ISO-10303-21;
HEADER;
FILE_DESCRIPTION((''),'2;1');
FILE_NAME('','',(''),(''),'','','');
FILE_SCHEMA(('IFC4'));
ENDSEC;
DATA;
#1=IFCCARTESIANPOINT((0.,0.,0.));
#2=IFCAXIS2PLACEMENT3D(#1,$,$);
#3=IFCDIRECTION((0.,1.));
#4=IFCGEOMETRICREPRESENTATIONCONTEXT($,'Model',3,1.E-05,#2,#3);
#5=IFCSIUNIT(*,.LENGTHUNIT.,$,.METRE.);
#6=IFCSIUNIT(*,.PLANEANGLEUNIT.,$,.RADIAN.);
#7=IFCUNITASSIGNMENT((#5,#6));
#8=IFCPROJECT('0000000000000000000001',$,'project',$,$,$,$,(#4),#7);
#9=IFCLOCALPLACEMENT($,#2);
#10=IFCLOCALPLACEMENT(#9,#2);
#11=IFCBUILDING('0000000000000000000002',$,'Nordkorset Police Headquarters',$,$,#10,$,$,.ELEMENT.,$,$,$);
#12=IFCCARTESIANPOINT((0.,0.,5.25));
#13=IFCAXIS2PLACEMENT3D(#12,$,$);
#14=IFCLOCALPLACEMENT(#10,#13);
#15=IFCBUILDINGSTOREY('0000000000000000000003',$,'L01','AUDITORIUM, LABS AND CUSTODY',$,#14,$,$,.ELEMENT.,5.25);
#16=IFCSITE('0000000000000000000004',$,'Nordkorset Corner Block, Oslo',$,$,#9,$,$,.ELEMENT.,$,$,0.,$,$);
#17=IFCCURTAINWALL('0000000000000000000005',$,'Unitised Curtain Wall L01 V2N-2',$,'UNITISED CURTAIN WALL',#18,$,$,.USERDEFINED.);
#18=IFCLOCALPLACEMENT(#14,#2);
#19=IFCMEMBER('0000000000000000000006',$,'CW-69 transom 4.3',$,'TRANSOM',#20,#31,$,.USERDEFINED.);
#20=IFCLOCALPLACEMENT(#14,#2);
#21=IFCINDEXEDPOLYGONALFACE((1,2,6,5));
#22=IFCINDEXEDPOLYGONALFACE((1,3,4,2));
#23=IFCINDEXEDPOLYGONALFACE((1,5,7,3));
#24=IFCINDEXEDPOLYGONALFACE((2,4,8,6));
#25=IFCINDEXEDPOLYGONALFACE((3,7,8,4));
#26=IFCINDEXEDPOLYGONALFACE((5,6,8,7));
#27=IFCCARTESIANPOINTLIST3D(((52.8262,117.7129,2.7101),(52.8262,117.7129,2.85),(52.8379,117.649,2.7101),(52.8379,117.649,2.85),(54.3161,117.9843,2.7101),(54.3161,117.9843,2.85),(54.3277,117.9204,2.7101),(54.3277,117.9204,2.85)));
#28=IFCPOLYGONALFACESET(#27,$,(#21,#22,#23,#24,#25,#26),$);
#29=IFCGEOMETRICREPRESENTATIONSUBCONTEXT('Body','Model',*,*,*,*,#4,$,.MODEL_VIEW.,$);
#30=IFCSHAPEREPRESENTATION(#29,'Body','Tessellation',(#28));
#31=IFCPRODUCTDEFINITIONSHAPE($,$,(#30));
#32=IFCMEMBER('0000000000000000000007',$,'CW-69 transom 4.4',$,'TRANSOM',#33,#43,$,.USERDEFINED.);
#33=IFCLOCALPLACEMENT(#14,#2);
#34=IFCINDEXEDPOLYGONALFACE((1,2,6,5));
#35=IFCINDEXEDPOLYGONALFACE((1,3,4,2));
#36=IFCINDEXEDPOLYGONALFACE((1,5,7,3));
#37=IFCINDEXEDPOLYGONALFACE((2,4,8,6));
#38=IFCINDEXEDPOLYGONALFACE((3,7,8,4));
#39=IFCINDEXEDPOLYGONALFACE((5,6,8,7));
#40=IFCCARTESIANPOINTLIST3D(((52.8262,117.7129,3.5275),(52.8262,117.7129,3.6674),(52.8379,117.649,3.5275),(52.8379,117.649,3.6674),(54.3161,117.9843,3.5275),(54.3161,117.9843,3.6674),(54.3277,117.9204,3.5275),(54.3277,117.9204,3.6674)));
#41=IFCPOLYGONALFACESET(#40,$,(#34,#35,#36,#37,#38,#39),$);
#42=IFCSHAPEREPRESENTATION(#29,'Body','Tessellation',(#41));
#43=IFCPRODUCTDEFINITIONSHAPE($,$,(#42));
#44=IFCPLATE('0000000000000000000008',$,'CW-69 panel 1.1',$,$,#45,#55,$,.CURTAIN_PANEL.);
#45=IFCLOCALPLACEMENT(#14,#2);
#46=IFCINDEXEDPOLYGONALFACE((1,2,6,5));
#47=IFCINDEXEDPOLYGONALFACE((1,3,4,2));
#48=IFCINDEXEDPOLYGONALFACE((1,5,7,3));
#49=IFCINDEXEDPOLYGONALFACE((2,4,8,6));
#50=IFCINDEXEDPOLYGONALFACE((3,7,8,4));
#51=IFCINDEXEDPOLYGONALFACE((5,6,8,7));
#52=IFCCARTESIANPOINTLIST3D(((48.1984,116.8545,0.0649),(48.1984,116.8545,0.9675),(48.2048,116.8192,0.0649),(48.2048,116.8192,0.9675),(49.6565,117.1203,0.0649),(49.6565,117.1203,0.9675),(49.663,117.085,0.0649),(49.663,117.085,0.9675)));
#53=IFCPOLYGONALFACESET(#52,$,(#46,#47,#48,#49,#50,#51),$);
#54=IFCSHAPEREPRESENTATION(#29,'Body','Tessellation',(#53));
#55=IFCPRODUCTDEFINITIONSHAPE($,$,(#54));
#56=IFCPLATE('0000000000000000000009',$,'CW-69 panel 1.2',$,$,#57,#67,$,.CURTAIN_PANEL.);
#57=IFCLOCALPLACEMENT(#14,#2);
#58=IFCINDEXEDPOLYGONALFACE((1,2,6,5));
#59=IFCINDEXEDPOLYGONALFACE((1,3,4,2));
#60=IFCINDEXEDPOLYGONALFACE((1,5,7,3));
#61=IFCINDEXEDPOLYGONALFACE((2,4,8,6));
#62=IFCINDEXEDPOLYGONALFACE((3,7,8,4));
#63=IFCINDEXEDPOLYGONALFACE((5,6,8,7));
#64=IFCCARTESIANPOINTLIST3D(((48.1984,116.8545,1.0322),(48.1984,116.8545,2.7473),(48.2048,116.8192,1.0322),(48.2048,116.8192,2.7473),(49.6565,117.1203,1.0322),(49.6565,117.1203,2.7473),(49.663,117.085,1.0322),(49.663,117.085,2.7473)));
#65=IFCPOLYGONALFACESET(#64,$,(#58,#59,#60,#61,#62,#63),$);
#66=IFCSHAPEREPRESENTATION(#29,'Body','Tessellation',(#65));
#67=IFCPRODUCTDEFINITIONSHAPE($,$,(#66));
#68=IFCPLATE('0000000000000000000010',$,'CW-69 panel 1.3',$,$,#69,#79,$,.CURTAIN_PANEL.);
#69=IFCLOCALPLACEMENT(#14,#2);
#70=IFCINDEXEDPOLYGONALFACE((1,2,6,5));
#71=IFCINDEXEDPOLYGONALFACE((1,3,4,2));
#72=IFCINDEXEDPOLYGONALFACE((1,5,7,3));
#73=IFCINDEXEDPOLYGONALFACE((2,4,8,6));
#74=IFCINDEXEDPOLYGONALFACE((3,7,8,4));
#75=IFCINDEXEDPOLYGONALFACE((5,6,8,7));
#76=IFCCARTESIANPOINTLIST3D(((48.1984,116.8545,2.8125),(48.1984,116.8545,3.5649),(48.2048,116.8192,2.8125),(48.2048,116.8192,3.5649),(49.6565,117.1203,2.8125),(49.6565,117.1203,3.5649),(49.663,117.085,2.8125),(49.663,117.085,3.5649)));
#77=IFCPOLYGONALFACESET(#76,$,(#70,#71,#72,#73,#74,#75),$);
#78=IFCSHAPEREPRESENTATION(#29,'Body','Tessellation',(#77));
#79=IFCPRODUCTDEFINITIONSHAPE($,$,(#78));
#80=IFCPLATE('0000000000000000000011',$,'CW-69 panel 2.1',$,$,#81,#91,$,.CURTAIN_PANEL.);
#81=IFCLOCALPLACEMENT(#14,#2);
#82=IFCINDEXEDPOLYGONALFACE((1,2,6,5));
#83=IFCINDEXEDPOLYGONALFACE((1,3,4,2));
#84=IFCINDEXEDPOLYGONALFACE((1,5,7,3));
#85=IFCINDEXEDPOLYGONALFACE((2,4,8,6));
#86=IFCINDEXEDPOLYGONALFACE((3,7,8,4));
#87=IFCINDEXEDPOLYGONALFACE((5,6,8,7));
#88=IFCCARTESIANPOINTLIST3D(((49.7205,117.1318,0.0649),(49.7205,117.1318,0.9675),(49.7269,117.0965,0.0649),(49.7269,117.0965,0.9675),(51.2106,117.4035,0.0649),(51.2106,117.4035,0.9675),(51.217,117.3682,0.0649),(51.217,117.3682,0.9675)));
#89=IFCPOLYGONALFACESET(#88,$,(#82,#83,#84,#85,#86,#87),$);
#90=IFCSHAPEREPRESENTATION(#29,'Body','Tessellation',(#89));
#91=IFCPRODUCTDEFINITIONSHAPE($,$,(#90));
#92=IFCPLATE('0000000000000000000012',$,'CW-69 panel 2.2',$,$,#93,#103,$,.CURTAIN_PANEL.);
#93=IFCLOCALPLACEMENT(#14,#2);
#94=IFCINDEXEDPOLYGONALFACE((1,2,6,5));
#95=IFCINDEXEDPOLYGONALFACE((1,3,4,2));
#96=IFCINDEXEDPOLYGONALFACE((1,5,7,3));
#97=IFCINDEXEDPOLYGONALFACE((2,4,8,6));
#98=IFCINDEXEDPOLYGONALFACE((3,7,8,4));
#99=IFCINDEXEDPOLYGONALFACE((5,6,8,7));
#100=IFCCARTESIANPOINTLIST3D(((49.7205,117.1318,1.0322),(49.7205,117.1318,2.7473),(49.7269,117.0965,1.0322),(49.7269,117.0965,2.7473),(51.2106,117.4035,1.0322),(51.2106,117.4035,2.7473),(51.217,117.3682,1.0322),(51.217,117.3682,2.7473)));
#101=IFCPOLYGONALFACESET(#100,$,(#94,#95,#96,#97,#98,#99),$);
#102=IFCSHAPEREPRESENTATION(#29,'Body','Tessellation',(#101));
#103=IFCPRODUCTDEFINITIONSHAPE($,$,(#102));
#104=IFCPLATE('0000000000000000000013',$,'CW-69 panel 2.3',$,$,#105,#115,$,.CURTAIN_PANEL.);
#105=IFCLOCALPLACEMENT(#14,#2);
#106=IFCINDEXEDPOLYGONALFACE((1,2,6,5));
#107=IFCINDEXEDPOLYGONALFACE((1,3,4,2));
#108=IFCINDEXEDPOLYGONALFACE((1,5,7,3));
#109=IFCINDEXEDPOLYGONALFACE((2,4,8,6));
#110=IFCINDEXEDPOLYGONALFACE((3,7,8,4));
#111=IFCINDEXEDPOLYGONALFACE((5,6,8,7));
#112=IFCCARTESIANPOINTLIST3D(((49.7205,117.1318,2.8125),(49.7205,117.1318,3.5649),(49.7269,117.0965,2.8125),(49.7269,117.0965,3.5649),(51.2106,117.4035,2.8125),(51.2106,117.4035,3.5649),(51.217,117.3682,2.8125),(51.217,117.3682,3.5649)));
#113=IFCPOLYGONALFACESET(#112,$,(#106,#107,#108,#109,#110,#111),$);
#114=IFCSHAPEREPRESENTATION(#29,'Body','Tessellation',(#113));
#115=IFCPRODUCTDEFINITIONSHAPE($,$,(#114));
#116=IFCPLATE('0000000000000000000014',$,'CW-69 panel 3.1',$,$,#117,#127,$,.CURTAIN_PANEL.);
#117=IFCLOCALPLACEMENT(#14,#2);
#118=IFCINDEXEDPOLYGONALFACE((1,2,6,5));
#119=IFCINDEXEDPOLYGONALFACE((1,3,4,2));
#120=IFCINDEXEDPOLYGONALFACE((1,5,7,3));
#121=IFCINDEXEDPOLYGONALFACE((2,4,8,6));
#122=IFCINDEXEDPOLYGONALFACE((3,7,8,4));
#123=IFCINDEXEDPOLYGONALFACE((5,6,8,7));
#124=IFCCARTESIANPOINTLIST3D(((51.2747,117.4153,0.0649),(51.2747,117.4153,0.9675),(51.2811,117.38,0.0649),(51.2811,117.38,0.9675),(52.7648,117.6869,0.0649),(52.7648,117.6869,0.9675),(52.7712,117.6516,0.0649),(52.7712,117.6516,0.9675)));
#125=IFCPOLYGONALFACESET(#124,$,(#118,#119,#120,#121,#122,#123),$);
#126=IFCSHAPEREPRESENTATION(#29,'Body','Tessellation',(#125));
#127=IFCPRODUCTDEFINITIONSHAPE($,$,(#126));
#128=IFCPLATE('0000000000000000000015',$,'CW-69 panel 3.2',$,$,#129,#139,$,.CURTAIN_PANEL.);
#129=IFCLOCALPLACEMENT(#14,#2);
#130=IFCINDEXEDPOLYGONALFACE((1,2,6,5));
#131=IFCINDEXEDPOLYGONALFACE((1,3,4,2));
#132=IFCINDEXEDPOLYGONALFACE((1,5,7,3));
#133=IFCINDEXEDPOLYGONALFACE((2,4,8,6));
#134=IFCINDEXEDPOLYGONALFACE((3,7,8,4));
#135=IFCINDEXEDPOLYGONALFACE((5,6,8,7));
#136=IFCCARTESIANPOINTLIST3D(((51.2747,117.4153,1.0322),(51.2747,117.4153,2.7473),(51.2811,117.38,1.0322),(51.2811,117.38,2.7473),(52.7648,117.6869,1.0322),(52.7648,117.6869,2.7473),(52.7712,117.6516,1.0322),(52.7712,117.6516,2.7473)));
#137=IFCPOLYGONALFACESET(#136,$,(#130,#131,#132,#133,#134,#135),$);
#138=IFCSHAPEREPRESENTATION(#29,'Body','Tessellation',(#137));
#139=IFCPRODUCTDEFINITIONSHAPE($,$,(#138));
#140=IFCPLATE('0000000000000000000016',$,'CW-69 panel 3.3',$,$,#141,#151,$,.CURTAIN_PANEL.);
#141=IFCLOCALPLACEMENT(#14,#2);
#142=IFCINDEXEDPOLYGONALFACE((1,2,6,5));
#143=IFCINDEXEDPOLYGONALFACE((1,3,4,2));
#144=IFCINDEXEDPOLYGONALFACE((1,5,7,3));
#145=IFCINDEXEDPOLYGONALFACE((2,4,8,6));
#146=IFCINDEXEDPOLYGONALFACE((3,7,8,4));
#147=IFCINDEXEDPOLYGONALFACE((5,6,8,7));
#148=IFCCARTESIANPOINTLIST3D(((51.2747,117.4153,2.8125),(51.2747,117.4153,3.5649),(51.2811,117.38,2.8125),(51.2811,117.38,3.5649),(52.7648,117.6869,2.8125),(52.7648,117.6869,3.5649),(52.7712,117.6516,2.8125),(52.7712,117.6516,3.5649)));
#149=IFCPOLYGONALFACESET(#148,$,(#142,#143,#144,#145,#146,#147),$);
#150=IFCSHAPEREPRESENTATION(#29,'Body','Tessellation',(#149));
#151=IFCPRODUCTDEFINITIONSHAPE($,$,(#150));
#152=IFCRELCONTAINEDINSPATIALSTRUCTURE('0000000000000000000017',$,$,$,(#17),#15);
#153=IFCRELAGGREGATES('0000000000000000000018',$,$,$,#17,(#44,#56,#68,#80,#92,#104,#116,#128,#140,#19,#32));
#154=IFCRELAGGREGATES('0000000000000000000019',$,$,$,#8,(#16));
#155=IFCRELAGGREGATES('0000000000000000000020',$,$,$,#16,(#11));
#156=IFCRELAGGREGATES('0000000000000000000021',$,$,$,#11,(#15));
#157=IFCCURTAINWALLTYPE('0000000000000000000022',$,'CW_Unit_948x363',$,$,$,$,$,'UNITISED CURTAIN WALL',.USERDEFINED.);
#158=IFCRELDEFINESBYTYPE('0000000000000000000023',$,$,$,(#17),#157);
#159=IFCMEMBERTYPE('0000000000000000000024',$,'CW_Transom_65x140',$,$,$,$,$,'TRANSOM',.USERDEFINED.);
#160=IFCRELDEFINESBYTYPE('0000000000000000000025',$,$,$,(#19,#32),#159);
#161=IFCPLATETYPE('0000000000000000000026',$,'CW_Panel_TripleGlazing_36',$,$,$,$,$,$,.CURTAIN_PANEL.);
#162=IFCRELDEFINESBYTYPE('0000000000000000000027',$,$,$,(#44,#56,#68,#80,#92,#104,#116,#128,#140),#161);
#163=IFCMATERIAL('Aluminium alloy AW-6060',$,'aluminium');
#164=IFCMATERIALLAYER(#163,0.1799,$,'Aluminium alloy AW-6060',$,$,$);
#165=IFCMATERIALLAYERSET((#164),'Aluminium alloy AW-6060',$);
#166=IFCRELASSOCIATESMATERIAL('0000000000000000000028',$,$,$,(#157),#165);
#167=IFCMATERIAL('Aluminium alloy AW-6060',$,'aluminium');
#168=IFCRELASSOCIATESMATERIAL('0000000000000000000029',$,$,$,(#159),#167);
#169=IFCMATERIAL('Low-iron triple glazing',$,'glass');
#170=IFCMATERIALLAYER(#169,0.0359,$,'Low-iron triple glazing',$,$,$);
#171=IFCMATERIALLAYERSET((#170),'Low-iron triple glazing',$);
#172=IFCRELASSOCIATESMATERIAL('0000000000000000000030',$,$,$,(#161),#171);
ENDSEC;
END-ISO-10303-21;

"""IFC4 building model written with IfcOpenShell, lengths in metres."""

from ifc_helpers import new_model, si_unit, direction, frame, origin, origin_2d, place, context, subcontext, project, spatial, rectangle, extrude, material, layer, layer_set, material_profile, profile_set, type_object, element, aggregate, save


model = new_model("IFC4")

# Units and contexts
model_context = context("Model", 3, precision=1e-05, world=origin(), true_north=direction((0.0, 1.0)))
body_context = subcontext(model_context, "Body", "Model", "MODEL_VIEW")
ifc_project = project(units=[si_unit("LENGTHUNIT", "METRE"), si_unit("PLANEANGLEUNIT", "RADIAN")], contexts=[model_context])

# Site, building, storey
site_placement = place(None, origin())
site = spatial("IfcSite", under=ifc_project, at=site_placement, Name="Nordkorset Corner Block, Oslo", CompositionType="ELEMENT", RefElevation=0.0)
building_placement = place(site_placement, origin())
building = spatial("IfcBuilding", under=site, at=building_placement, Name="Nordkorset Police Headquarters", CompositionType="ELEMENT")
storey_placement = place(building_placement, frame((0.0, 0.0, 5.25)))
storey = spatial("IfcBuildingStorey", under=building, at=storey_placement, Name="L01", Description="AUDITORIUM, LABS AND CUSTODY", CompositionType="ELEMENT", Elevation=5.25)

# Curtain wall, members, plates
ifc_material_1 = material(Name="Aluminium alloy AW-6060", Category="aluminium")
ifc_layer_1 = layer(ifc_material_1, 0.1799, Name="Aluminium alloy AW-6060")
ifc_layer_set_1 = layer_set([ifc_layer_1], Name="Aluminium alloy AW-6060")
curtain_wall_type = type_object("IfcCurtainWallType", Name="CW_Unit_948x363", ElementType="UNITISED CURTAIN WALL", PredefinedType="USERDEFINED", material=ifc_layer_set_1)
curtain_wall_placement = place(storey_placement, origin())
curtain_wall = element("IfcCurtainWall", 1, at=curtain_wall_placement, inside=storey, type_object=curtain_wall_type, Name="Unitised Curtain Wall L01 V2N-2", ObjectType="UNITISED CURTAIN WALL", PredefinedType="USERDEFINED")
ifc_material_2 = material(Name="Aluminium alloy AW-6060", Category="aluminium")
ifc_material_profile_1 = material_profile(ifc_material_2, rectangle(XDim=0.0649, YDim=0.1399, at=origin_2d()), Name="ALU TRAN 65x140")
ifc_profile_set_1 = profile_set([ifc_material_profile_1], Name="Aluminium alloy AW-6060")
member_type_1 = type_object("IfcMemberType", Name="CW_Transom_65x140", ElementType="TRANSOM", PredefinedType="USERDEFINED", material=ifc_profile_set_1)
member_1_placement = place(storey_placement, frame((52.832, 117.6809, 2.78), z_axis=(0.983803, 0.179254, 0.0), x_axis=(-0.179254, 0.983803, 0.0)))
member_1 = element("IfcMember", 2, at=member_1_placement, type_object=member_type_1, Name="CW-69 transom 4.3", ObjectType="TRANSOM", PredefinedType="USERDEFINED", context=body_context, shape_type="SweptSolid", body=[
    extrude(rectangle(XDim=0.0649, YDim=0.1399, at=origin_2d()), origin(), (0.0, 0.0, 1.0), 1.5144),
])
member_2_placement = place(storey_placement, frame((52.832, 117.6809, 3.5974), z_axis=(0.983803, 0.179254, 0.0), x_axis=(-0.179254, 0.983803, 0.0)))
member_2 = element("IfcMember", 3, at=member_2_placement, type_object=member_type_1, Name="CW-69 transom 4.4", ObjectType="TRANSOM", PredefinedType="USERDEFINED", context=body_context, shape_type="SweptSolid", body=[
    extrude(rectangle(XDim=0.0649, YDim=0.1399, at=origin_2d()), origin(), (0.0, 0.0, 1.0), 1.5144),
])
ifc_material_3 = material(Name="Low-iron triple glazing", Category="glass")
ifc_layer_2 = layer(ifc_material_3, 0.0359, Name="Low-iron triple glazing")
ifc_layer_set_2 = layer_set([ifc_layer_2], Name="Low-iron triple glazing")
plate_type = type_object("IfcPlateType", Name="CW_Panel_TripleGlazing_36", PredefinedType="CURTAIN_PANEL", material=ifc_layer_set_2)
plate_1_placement = place(storey_placement, frame((48.9307, 116.9697, 0.0649), z_axis=(0.0, 0.0, 1.0), x_axis=(0.983788, 0.179336, 0.0)))
plate_1 = element("IfcPlate", 4, at=plate_1_placement, type_object=plate_type, Name="CW-69 panel 1.1", PredefinedType="CURTAIN_PANEL", context=body_context, shape_type="SweptSolid", body=[
    extrude(rectangle(XDim=1.4822, YDim=0.0359, at=origin_2d()), origin(), (0.0, 0.0, 1.0), 0.9026),
])
plate_2_placement = place(storey_placement, frame((48.9307, 116.9697, 1.0322), z_axis=(0.0, 0.0, 1.0), x_axis=(0.983788, 0.179336, 0.0)))
plate_2 = element("IfcPlate", 5, at=plate_2_placement, type_object=plate_type, Name="CW-69 panel 1.2", PredefinedType="CURTAIN_PANEL", context=body_context, shape_type="SweptSolid", body=[
    extrude(rectangle(XDim=1.4822, YDim=0.0359, at=origin_2d()), origin(), (0.0, 0.0, 1.0), 1.7151),
])
plate_3_placement = place(storey_placement, frame((48.9307, 116.9697, 2.8125), z_axis=(0.0, 0.0, 1.0), x_axis=(0.983788, 0.179336, 0.0)))
plate_3 = element("IfcPlate", 6, at=plate_3_placement, type_object=plate_type, Name="CW-69 panel 1.3", PredefinedType="CURTAIN_PANEL", context=body_context, shape_type="SweptSolid", body=[
    extrude(rectangle(XDim=1.4822, YDim=0.0359, at=origin_2d()), origin(), (0.0, 0.0, 1.0), 0.7524),
])
plate_4_placement = place(storey_placement, frame((50.4688, 117.25, 0.0649), z_axis=(0.0, 0.0, 1.0), x_axis=(0.983788, 0.179336, 0.0)))
plate_4 = element("IfcPlate", 7, at=plate_4_placement, type_object=plate_type, Name="CW-69 panel 2.1", PredefinedType="CURTAIN_PANEL", context=body_context, shape_type="SweptSolid", body=[
    extrude(rectangle(XDim=1.5146, YDim=0.0359, at=origin_2d()), origin(), (0.0, 0.0, 1.0), 0.9026),
])
plate_5_placement = place(storey_placement, frame((50.4688, 117.25, 1.0322), z_axis=(0.0, 0.0, 1.0), x_axis=(0.983788, 0.179336, 0.0)))
plate_5 = element("IfcPlate", 8, at=plate_5_placement, type_object=plate_type, Name="CW-69 panel 2.2", PredefinedType="CURTAIN_PANEL", context=body_context, shape_type="SweptSolid", body=[
    extrude(rectangle(XDim=1.5146, YDim=0.0359, at=origin_2d()), origin(), (0.0, 0.0, 1.0), 1.7151),
])
plate_6_placement = place(storey_placement, frame((50.4688, 117.25, 2.8125), z_axis=(0.0, 0.0, 1.0), x_axis=(0.983788, 0.179336, 0.0)))
plate_6 = element("IfcPlate", 9, at=plate_6_placement, type_object=plate_type, Name="CW-69 panel 2.3", PredefinedType="CURTAIN_PANEL", context=body_context, shape_type="SweptSolid", body=[
    extrude(rectangle(XDim=1.5146, YDim=0.0359, at=origin_2d()), origin(), (0.0, 0.0, 1.0), 0.7524),
])
plate_7_placement = place(storey_placement, frame((52.0229, 117.5334, 0.0649), z_axis=(0.0, 0.0, 1.0), x_axis=(0.983788, 0.179336, 0.0)))
plate_7 = element("IfcPlate", 10, at=plate_7_placement, type_object=plate_type, Name="CW-69 panel 3.1", PredefinedType="CURTAIN_PANEL", context=body_context, shape_type="SweptSolid", body=[
    extrude(rectangle(XDim=1.5146, YDim=0.0359, at=origin_2d()), origin(), (0.0, 0.0, 1.0), 0.9026),
])
plate_8_placement = place(storey_placement, frame((52.0229, 117.5334, 1.0322), z_axis=(0.0, 0.0, 1.0), x_axis=(0.983788, 0.179336, 0.0)))
plate_8 = element("IfcPlate", 11, at=plate_8_placement, type_object=plate_type, Name="CW-69 panel 3.2", PredefinedType="CURTAIN_PANEL", context=body_context, shape_type="SweptSolid", body=[
    extrude(rectangle(XDim=1.5146, YDim=0.0359, at=origin_2d()), origin(), (0.0, 0.0, 1.0), 1.7151),
])
plate_9_placement = place(storey_placement, frame((52.0229, 117.5334, 2.8125), z_axis=(0.0, 0.0, 1.0), x_axis=(0.983788, 0.179336, 0.0)))
plate_9 = element("IfcPlate", 12, at=plate_9_placement, type_object=plate_type, Name="CW-69 panel 3.3", PredefinedType="CURTAIN_PANEL", context=body_context, shape_type="SweptSolid", body=[
    extrude(rectangle(XDim=1.5146, YDim=0.0359, at=origin_2d()), origin(), (0.0, 0.0, 1.0), 0.7524),
])
aggregate(curtain_wall, [plate_1, plate_2, plate_3, plate_4, plate_5, plate_6, plate_7, plate_8, plate_9, member_1, member_2])

save(model, "model.ifc")
